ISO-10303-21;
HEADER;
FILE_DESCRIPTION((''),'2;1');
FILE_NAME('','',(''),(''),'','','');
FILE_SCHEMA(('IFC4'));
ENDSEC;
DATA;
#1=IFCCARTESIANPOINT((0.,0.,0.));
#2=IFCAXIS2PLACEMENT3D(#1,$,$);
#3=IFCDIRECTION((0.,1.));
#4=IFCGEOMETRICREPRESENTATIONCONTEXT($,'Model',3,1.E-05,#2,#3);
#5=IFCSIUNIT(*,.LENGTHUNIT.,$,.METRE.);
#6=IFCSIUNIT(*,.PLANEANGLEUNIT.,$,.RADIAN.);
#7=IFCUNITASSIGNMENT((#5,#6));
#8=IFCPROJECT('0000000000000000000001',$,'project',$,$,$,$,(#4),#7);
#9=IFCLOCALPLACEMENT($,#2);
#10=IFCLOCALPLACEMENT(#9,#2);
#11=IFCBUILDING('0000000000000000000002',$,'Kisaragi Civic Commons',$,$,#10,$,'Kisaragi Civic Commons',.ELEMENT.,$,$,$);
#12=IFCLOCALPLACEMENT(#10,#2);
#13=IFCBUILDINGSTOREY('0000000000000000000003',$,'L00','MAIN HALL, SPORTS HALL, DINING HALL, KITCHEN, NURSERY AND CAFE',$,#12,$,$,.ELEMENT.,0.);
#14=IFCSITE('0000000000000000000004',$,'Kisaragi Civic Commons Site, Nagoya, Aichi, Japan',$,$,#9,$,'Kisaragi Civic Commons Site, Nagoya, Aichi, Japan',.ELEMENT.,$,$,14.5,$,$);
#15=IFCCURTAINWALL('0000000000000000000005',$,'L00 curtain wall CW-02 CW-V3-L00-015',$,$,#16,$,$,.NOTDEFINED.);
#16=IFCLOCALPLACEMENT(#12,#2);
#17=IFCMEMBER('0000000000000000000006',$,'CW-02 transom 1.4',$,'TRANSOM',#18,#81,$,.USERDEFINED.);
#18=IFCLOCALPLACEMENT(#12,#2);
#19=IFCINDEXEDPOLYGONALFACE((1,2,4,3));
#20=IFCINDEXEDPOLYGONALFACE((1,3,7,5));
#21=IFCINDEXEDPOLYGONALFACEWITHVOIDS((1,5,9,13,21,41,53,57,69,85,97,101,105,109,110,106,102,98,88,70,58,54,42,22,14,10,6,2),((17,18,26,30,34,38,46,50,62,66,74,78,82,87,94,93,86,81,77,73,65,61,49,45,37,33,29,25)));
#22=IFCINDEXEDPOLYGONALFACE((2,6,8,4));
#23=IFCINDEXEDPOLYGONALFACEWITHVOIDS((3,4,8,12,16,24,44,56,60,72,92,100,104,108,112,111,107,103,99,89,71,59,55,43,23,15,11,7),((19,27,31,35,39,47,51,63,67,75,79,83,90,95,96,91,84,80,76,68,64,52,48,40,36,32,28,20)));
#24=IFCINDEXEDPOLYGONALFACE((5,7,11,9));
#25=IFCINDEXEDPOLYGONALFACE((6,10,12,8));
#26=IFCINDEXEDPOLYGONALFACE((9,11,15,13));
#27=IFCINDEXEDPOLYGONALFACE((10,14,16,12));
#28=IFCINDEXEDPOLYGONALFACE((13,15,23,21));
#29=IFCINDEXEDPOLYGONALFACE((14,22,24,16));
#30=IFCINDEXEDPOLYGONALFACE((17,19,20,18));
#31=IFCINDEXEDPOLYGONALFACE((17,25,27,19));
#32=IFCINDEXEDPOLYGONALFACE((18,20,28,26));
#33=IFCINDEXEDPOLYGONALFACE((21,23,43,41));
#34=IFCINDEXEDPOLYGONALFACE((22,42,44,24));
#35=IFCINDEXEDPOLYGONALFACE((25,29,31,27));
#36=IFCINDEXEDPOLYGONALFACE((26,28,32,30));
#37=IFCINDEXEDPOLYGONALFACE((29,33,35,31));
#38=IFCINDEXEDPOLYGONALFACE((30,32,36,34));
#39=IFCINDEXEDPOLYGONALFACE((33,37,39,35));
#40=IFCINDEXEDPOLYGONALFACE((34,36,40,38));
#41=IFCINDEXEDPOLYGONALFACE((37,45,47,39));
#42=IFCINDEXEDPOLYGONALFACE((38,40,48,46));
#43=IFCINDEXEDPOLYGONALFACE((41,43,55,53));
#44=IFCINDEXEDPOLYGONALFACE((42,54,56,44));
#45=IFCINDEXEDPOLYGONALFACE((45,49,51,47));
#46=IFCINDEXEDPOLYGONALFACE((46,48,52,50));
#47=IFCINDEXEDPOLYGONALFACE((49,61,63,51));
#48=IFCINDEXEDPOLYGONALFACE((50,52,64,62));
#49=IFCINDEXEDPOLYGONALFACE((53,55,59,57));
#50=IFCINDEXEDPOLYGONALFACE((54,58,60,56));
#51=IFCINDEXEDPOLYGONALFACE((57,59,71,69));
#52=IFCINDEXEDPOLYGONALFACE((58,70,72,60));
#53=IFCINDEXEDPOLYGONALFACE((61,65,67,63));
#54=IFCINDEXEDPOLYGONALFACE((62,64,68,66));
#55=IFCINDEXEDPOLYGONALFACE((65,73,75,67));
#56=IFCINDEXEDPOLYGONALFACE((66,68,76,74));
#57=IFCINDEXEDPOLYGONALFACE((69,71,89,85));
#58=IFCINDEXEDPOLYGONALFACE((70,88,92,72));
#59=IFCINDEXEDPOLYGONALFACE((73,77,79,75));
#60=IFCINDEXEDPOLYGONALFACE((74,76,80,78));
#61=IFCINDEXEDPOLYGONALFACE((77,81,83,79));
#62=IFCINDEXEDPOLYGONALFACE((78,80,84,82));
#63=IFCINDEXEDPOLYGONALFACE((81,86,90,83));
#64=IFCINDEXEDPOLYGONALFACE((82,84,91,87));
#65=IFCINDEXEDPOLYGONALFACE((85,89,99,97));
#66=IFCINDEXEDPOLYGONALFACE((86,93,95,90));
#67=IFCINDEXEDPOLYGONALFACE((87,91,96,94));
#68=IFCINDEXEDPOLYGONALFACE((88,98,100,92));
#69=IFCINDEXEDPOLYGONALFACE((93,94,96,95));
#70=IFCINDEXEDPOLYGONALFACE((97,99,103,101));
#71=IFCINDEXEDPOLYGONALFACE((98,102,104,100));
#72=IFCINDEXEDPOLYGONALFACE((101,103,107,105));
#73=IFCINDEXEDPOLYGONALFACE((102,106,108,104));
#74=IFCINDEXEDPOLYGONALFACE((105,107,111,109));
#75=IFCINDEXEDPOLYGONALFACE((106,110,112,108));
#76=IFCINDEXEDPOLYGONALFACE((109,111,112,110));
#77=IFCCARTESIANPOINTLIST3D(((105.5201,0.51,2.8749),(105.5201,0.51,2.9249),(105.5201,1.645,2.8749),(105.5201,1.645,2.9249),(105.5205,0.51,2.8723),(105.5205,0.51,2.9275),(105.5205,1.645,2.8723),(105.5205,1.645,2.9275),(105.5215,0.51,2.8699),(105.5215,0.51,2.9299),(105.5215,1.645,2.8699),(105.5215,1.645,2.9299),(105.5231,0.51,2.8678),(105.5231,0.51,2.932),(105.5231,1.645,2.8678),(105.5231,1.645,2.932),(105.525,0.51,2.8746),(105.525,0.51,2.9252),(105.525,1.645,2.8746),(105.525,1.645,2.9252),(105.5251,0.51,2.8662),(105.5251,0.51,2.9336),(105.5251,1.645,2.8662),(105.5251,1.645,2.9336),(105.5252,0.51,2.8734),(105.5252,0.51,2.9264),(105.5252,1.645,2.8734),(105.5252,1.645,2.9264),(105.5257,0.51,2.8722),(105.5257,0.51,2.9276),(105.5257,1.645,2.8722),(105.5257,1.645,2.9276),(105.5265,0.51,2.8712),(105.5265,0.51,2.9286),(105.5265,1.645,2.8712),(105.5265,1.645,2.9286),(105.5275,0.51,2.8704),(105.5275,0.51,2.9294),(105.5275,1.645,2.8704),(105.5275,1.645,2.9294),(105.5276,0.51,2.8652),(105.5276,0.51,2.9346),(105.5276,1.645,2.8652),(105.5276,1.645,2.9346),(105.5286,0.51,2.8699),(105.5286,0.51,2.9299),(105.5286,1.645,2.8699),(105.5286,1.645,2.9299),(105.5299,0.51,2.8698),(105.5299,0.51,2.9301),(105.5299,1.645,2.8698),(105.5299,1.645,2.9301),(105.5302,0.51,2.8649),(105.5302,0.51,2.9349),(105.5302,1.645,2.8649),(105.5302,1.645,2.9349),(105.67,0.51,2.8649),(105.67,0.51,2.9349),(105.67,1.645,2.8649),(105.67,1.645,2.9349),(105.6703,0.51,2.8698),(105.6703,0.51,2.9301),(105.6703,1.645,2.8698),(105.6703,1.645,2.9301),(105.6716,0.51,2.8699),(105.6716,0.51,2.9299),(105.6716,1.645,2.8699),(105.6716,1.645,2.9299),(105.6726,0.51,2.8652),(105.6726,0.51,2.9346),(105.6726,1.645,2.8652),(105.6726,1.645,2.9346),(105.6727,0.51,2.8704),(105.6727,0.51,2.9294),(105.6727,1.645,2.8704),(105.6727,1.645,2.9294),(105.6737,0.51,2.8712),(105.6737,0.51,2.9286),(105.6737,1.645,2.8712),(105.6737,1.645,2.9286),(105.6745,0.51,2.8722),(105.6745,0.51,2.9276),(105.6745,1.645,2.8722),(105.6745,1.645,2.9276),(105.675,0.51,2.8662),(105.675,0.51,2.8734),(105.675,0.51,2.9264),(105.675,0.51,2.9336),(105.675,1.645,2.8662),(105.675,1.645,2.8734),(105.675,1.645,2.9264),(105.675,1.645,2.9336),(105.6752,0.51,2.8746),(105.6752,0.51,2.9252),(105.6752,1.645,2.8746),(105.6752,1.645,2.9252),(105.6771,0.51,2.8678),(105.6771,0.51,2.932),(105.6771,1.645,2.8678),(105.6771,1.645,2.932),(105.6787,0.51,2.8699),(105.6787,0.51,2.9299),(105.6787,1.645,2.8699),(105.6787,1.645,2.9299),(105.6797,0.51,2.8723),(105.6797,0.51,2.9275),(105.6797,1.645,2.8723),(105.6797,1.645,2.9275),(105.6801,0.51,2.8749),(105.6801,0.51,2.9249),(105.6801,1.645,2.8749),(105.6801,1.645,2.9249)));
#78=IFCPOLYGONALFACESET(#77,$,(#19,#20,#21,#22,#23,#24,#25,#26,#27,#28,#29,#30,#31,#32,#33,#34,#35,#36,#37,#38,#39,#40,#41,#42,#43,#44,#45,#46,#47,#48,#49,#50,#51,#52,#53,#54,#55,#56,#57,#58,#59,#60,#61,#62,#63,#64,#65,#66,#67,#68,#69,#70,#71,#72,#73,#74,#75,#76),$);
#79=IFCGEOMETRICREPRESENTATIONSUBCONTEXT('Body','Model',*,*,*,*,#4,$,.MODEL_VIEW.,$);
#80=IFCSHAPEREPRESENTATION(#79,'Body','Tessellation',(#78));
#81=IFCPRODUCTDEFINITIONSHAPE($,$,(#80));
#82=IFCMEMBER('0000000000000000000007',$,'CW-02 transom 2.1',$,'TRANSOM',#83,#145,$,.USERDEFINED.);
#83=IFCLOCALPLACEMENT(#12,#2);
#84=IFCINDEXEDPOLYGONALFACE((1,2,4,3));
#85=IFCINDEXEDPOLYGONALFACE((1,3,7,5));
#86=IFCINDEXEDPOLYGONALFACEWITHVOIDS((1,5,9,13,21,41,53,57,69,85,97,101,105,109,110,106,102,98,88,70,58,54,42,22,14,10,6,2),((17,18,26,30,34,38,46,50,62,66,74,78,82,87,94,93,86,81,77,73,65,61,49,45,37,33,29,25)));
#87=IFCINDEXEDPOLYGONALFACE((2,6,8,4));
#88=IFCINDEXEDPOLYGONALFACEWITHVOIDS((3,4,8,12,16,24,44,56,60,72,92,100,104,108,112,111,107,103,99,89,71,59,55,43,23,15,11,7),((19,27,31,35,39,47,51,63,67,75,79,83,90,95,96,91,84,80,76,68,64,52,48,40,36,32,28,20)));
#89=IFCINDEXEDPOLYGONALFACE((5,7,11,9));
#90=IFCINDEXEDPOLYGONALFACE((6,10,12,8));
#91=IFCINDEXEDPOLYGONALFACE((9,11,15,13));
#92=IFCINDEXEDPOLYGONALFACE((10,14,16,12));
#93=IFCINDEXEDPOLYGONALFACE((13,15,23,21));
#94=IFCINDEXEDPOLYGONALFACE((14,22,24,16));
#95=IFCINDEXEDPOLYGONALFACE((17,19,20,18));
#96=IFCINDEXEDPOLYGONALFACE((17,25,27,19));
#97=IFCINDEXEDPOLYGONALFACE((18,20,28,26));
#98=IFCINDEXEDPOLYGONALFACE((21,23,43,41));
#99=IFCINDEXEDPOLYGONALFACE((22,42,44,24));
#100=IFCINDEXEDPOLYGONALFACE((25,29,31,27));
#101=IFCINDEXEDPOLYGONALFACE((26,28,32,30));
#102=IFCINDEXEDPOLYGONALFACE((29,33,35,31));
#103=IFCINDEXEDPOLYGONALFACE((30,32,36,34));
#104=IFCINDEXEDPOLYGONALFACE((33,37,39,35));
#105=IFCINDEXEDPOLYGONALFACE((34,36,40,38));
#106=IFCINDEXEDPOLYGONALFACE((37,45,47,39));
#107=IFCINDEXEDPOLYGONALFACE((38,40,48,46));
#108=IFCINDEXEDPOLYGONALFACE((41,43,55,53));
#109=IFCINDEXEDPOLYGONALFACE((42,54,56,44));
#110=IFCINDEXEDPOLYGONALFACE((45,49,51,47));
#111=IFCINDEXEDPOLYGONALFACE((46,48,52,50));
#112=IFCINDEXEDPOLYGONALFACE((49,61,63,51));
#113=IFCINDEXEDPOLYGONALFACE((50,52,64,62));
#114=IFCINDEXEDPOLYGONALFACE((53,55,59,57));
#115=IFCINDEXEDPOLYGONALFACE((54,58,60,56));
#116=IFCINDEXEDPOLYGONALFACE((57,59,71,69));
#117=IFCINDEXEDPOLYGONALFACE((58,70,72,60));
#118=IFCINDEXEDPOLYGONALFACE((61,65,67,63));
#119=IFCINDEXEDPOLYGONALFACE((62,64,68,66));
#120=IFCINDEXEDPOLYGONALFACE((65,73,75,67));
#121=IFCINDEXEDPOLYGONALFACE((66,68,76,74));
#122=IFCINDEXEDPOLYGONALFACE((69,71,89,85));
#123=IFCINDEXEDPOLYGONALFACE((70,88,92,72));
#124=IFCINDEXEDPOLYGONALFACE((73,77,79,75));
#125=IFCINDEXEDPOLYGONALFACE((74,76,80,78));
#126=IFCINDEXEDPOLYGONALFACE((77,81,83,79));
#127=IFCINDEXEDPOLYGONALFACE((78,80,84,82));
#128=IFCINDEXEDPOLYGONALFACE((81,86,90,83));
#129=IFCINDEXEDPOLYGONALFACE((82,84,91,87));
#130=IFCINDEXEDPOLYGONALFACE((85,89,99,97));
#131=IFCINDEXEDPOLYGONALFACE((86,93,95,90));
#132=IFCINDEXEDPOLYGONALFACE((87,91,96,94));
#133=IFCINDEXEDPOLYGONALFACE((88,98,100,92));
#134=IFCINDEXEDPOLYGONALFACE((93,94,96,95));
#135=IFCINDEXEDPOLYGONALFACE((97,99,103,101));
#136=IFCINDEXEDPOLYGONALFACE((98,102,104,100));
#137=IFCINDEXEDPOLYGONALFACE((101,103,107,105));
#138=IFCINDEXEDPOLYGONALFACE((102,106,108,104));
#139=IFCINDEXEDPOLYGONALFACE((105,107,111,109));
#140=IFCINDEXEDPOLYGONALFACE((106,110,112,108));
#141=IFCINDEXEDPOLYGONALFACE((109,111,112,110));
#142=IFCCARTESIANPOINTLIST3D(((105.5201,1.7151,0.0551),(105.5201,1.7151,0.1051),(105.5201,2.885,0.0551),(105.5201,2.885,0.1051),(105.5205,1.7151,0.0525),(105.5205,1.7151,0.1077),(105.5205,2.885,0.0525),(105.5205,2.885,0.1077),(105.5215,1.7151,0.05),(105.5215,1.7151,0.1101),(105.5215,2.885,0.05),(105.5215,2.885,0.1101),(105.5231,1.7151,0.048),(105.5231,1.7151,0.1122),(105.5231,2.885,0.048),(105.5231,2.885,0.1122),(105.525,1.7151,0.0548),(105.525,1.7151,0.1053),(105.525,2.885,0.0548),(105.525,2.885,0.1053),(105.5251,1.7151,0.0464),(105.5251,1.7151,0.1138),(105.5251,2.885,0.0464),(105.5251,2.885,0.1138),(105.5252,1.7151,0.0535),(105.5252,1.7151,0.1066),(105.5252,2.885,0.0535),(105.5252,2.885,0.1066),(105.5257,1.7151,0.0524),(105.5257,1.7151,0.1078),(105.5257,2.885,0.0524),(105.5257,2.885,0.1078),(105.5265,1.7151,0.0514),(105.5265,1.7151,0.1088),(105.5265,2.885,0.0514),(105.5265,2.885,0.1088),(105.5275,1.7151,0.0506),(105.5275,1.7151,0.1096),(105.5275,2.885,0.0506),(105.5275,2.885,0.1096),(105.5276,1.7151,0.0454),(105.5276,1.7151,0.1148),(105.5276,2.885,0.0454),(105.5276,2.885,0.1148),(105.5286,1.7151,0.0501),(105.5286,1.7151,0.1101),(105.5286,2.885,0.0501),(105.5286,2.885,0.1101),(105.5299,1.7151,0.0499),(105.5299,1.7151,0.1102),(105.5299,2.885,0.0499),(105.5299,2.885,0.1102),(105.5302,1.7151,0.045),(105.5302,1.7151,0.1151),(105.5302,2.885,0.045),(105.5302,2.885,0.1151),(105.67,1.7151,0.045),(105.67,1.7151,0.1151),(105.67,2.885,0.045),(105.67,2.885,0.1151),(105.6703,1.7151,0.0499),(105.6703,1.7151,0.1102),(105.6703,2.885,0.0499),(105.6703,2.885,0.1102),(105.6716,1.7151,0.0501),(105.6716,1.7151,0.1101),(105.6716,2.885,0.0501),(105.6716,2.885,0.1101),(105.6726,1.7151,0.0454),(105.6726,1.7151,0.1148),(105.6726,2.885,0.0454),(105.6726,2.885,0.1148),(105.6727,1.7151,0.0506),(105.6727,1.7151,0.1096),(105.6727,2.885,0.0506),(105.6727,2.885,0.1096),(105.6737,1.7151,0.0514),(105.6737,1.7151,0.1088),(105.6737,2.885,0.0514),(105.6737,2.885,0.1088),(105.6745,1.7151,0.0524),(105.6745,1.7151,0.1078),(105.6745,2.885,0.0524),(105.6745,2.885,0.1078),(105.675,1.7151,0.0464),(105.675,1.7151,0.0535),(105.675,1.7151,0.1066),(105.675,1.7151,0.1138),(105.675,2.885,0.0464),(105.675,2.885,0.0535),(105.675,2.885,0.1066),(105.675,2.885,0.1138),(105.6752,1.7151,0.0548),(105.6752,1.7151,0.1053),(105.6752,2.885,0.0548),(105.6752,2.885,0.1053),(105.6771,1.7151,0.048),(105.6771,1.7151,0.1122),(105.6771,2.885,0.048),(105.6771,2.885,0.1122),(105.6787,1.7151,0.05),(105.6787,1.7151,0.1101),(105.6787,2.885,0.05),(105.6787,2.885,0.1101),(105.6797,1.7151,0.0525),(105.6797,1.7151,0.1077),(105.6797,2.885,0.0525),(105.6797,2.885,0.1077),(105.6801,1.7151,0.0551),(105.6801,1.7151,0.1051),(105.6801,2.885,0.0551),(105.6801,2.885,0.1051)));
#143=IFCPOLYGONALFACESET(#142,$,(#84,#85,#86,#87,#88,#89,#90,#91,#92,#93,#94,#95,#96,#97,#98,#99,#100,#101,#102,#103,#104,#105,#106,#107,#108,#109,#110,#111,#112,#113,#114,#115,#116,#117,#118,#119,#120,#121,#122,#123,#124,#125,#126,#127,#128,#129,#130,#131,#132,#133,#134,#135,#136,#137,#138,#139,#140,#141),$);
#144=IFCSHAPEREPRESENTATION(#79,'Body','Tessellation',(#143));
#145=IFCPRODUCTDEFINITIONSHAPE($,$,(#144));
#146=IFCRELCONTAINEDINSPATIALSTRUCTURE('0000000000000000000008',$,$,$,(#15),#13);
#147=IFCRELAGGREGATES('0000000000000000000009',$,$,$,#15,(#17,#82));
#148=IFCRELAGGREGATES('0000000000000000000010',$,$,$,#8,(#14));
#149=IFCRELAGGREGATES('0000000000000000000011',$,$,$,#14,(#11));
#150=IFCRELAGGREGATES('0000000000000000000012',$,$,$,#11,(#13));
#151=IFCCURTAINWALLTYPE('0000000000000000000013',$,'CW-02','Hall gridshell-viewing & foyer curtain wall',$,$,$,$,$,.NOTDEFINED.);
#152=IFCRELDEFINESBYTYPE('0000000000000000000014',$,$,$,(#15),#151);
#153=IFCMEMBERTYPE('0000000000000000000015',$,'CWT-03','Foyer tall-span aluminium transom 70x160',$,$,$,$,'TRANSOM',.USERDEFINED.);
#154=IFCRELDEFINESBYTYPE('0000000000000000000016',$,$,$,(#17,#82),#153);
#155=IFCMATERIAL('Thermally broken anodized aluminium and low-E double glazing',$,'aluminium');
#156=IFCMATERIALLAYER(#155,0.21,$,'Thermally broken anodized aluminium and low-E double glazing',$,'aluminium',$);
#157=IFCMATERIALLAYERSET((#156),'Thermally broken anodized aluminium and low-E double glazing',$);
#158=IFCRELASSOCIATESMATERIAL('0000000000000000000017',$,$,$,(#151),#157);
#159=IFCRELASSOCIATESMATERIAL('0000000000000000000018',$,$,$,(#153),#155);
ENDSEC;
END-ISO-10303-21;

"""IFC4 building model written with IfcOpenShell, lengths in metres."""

from ifc_helpers import new_model, si_unit, direction, frame, origin, origin_2d, place, context, subcontext, project, spatial, hollow_rectangle, extrude, material, layer, layer_set, material_profile, profile_set, type_object, element, aggregate, save


model = new_model("IFC4")

# Units and contexts
model_context = context("Model", 3, precision=1e-05, world=origin(), true_north=direction((0.0, 1.0)))
body_context = subcontext(model_context, "Body", "Model", "MODEL_VIEW")
ifc_project = project(units=[si_unit("LENGTHUNIT", "METRE"), si_unit("PLANEANGLEUNIT", "RADIAN")], contexts=[model_context])

# Site, building, storey
site_placement = place(None, origin())
site = spatial("IfcSite", under=ifc_project, at=site_placement, Name="Kisaragi Civic Commons Site, Nagoya, Aichi, Japan", LongName="Kisaragi Civic Commons Site, Nagoya, Aichi, Japan", CompositionType="ELEMENT", RefElevation=14.5)
building_placement = place(site_placement, origin())
building = spatial("IfcBuilding", under=site, at=building_placement, Name="Kisaragi Civic Commons", LongName="Kisaragi Civic Commons", CompositionType="ELEMENT")
storey_placement = place(building_placement, origin())
storey = spatial("IfcBuildingStorey", under=building, at=storey_placement, Name="L00", Description="MAIN HALL, SPORTS HALL, DINING HALL, KITCHEN, NURSERY AND CAFE", CompositionType="ELEMENT", Elevation=0.0)

# Curtain wall
ifc_material_1 = material(Name="Thermally broken anodized aluminium and low-E double glazing", Category="aluminium")
ifc_layer_1 = layer(ifc_material_1, 0.21, Name="Thermally broken anodized aluminium and low-E double glazing", Category="aluminium")
ifc_layer_set_1 = layer_set([ifc_layer_1], Name="Thermally broken anodized aluminium and low-E double glazing")
curtain_wall_type = type_object("IfcCurtainWallType", Name="CW-02", Description="Hall gridshell-viewing & foyer curtain wall", PredefinedType="NOTDEFINED", material=ifc_layer_set_1)
curtain_wall_1_placement = place(storey_placement, origin())
curtain_wall_1 = element("IfcCurtainWall", 1, at=curtain_wall_1_placement, inside=storey, type_object=curtain_wall_type, Name="L00 curtain wall CW-02 CW-V3-L00-015", PredefinedType="NOTDEFINED")

# Members
ifc_material_profile_1 = material_profile(ifc_material_1, hollow_rectangle(XDim=0.1599, YDim=0.0701, WallThickness=0.0049, InnerFilletRadius=0.0049, OuterFilletRadius=0.01, at=origin_2d()), Name="CWT-70x160x5", Category="aluminium")
ifc_profile_set_1 = profile_set([ifc_material_profile_1], Name="Thermally broken anodized aluminium and low-E double glazing")
member_type_1 = type_object("IfcMemberType", Name="CWT-03", Description="Foyer tall-span aluminium transom 70x160", ElementType="TRANSOM", PredefinedType="USERDEFINED", material=ifc_profile_set_1)
member_1_placement = place(storey_placement, frame((105.6001, 0.51, 2.8999), z_axis=(0.0, 1.0, 0.0), x_axis=(-1.0, 0.0, 0.0)))
member_1 = element("IfcMember", 2, at=member_1_placement, type_object=member_type_1, Name="CW-02 transom 1.4", ObjectType="TRANSOM", PredefinedType="USERDEFINED", context=body_context, shape_type="SweptSolid", body=[
    extrude(hollow_rectangle(XDim=0.1599, YDim=0.0701, WallThickness=0.0049, InnerFilletRadius=0.0049, OuterFilletRadius=0.01, at=origin_2d()), origin(), (0.0, 0.0, 1.0), 1.135),
])
member_2_placement = place(storey_placement, frame((105.6001, 1.7151, 0.0801), z_axis=(0.0, 1.0, 0.0), x_axis=(-1.0, 0.0, 0.0)))
member_2 = element("IfcMember", 3, at=member_2_placement, type_object=member_type_1, Name="CW-02 transom 2.1", ObjectType="TRANSOM", PredefinedType="USERDEFINED", context=body_context, shape_type="SweptSolid", body=[
    extrude(hollow_rectangle(XDim=0.1599, YDim=0.0701, WallThickness=0.0049, InnerFilletRadius=0.0049, OuterFilletRadius=0.01, at=origin_2d()), origin(), (0.0, 0.0, 1.0), 1.1699),
])

aggregate(curtain_wall_1, [member_1, member_2])

save(model, "model.ifc")
